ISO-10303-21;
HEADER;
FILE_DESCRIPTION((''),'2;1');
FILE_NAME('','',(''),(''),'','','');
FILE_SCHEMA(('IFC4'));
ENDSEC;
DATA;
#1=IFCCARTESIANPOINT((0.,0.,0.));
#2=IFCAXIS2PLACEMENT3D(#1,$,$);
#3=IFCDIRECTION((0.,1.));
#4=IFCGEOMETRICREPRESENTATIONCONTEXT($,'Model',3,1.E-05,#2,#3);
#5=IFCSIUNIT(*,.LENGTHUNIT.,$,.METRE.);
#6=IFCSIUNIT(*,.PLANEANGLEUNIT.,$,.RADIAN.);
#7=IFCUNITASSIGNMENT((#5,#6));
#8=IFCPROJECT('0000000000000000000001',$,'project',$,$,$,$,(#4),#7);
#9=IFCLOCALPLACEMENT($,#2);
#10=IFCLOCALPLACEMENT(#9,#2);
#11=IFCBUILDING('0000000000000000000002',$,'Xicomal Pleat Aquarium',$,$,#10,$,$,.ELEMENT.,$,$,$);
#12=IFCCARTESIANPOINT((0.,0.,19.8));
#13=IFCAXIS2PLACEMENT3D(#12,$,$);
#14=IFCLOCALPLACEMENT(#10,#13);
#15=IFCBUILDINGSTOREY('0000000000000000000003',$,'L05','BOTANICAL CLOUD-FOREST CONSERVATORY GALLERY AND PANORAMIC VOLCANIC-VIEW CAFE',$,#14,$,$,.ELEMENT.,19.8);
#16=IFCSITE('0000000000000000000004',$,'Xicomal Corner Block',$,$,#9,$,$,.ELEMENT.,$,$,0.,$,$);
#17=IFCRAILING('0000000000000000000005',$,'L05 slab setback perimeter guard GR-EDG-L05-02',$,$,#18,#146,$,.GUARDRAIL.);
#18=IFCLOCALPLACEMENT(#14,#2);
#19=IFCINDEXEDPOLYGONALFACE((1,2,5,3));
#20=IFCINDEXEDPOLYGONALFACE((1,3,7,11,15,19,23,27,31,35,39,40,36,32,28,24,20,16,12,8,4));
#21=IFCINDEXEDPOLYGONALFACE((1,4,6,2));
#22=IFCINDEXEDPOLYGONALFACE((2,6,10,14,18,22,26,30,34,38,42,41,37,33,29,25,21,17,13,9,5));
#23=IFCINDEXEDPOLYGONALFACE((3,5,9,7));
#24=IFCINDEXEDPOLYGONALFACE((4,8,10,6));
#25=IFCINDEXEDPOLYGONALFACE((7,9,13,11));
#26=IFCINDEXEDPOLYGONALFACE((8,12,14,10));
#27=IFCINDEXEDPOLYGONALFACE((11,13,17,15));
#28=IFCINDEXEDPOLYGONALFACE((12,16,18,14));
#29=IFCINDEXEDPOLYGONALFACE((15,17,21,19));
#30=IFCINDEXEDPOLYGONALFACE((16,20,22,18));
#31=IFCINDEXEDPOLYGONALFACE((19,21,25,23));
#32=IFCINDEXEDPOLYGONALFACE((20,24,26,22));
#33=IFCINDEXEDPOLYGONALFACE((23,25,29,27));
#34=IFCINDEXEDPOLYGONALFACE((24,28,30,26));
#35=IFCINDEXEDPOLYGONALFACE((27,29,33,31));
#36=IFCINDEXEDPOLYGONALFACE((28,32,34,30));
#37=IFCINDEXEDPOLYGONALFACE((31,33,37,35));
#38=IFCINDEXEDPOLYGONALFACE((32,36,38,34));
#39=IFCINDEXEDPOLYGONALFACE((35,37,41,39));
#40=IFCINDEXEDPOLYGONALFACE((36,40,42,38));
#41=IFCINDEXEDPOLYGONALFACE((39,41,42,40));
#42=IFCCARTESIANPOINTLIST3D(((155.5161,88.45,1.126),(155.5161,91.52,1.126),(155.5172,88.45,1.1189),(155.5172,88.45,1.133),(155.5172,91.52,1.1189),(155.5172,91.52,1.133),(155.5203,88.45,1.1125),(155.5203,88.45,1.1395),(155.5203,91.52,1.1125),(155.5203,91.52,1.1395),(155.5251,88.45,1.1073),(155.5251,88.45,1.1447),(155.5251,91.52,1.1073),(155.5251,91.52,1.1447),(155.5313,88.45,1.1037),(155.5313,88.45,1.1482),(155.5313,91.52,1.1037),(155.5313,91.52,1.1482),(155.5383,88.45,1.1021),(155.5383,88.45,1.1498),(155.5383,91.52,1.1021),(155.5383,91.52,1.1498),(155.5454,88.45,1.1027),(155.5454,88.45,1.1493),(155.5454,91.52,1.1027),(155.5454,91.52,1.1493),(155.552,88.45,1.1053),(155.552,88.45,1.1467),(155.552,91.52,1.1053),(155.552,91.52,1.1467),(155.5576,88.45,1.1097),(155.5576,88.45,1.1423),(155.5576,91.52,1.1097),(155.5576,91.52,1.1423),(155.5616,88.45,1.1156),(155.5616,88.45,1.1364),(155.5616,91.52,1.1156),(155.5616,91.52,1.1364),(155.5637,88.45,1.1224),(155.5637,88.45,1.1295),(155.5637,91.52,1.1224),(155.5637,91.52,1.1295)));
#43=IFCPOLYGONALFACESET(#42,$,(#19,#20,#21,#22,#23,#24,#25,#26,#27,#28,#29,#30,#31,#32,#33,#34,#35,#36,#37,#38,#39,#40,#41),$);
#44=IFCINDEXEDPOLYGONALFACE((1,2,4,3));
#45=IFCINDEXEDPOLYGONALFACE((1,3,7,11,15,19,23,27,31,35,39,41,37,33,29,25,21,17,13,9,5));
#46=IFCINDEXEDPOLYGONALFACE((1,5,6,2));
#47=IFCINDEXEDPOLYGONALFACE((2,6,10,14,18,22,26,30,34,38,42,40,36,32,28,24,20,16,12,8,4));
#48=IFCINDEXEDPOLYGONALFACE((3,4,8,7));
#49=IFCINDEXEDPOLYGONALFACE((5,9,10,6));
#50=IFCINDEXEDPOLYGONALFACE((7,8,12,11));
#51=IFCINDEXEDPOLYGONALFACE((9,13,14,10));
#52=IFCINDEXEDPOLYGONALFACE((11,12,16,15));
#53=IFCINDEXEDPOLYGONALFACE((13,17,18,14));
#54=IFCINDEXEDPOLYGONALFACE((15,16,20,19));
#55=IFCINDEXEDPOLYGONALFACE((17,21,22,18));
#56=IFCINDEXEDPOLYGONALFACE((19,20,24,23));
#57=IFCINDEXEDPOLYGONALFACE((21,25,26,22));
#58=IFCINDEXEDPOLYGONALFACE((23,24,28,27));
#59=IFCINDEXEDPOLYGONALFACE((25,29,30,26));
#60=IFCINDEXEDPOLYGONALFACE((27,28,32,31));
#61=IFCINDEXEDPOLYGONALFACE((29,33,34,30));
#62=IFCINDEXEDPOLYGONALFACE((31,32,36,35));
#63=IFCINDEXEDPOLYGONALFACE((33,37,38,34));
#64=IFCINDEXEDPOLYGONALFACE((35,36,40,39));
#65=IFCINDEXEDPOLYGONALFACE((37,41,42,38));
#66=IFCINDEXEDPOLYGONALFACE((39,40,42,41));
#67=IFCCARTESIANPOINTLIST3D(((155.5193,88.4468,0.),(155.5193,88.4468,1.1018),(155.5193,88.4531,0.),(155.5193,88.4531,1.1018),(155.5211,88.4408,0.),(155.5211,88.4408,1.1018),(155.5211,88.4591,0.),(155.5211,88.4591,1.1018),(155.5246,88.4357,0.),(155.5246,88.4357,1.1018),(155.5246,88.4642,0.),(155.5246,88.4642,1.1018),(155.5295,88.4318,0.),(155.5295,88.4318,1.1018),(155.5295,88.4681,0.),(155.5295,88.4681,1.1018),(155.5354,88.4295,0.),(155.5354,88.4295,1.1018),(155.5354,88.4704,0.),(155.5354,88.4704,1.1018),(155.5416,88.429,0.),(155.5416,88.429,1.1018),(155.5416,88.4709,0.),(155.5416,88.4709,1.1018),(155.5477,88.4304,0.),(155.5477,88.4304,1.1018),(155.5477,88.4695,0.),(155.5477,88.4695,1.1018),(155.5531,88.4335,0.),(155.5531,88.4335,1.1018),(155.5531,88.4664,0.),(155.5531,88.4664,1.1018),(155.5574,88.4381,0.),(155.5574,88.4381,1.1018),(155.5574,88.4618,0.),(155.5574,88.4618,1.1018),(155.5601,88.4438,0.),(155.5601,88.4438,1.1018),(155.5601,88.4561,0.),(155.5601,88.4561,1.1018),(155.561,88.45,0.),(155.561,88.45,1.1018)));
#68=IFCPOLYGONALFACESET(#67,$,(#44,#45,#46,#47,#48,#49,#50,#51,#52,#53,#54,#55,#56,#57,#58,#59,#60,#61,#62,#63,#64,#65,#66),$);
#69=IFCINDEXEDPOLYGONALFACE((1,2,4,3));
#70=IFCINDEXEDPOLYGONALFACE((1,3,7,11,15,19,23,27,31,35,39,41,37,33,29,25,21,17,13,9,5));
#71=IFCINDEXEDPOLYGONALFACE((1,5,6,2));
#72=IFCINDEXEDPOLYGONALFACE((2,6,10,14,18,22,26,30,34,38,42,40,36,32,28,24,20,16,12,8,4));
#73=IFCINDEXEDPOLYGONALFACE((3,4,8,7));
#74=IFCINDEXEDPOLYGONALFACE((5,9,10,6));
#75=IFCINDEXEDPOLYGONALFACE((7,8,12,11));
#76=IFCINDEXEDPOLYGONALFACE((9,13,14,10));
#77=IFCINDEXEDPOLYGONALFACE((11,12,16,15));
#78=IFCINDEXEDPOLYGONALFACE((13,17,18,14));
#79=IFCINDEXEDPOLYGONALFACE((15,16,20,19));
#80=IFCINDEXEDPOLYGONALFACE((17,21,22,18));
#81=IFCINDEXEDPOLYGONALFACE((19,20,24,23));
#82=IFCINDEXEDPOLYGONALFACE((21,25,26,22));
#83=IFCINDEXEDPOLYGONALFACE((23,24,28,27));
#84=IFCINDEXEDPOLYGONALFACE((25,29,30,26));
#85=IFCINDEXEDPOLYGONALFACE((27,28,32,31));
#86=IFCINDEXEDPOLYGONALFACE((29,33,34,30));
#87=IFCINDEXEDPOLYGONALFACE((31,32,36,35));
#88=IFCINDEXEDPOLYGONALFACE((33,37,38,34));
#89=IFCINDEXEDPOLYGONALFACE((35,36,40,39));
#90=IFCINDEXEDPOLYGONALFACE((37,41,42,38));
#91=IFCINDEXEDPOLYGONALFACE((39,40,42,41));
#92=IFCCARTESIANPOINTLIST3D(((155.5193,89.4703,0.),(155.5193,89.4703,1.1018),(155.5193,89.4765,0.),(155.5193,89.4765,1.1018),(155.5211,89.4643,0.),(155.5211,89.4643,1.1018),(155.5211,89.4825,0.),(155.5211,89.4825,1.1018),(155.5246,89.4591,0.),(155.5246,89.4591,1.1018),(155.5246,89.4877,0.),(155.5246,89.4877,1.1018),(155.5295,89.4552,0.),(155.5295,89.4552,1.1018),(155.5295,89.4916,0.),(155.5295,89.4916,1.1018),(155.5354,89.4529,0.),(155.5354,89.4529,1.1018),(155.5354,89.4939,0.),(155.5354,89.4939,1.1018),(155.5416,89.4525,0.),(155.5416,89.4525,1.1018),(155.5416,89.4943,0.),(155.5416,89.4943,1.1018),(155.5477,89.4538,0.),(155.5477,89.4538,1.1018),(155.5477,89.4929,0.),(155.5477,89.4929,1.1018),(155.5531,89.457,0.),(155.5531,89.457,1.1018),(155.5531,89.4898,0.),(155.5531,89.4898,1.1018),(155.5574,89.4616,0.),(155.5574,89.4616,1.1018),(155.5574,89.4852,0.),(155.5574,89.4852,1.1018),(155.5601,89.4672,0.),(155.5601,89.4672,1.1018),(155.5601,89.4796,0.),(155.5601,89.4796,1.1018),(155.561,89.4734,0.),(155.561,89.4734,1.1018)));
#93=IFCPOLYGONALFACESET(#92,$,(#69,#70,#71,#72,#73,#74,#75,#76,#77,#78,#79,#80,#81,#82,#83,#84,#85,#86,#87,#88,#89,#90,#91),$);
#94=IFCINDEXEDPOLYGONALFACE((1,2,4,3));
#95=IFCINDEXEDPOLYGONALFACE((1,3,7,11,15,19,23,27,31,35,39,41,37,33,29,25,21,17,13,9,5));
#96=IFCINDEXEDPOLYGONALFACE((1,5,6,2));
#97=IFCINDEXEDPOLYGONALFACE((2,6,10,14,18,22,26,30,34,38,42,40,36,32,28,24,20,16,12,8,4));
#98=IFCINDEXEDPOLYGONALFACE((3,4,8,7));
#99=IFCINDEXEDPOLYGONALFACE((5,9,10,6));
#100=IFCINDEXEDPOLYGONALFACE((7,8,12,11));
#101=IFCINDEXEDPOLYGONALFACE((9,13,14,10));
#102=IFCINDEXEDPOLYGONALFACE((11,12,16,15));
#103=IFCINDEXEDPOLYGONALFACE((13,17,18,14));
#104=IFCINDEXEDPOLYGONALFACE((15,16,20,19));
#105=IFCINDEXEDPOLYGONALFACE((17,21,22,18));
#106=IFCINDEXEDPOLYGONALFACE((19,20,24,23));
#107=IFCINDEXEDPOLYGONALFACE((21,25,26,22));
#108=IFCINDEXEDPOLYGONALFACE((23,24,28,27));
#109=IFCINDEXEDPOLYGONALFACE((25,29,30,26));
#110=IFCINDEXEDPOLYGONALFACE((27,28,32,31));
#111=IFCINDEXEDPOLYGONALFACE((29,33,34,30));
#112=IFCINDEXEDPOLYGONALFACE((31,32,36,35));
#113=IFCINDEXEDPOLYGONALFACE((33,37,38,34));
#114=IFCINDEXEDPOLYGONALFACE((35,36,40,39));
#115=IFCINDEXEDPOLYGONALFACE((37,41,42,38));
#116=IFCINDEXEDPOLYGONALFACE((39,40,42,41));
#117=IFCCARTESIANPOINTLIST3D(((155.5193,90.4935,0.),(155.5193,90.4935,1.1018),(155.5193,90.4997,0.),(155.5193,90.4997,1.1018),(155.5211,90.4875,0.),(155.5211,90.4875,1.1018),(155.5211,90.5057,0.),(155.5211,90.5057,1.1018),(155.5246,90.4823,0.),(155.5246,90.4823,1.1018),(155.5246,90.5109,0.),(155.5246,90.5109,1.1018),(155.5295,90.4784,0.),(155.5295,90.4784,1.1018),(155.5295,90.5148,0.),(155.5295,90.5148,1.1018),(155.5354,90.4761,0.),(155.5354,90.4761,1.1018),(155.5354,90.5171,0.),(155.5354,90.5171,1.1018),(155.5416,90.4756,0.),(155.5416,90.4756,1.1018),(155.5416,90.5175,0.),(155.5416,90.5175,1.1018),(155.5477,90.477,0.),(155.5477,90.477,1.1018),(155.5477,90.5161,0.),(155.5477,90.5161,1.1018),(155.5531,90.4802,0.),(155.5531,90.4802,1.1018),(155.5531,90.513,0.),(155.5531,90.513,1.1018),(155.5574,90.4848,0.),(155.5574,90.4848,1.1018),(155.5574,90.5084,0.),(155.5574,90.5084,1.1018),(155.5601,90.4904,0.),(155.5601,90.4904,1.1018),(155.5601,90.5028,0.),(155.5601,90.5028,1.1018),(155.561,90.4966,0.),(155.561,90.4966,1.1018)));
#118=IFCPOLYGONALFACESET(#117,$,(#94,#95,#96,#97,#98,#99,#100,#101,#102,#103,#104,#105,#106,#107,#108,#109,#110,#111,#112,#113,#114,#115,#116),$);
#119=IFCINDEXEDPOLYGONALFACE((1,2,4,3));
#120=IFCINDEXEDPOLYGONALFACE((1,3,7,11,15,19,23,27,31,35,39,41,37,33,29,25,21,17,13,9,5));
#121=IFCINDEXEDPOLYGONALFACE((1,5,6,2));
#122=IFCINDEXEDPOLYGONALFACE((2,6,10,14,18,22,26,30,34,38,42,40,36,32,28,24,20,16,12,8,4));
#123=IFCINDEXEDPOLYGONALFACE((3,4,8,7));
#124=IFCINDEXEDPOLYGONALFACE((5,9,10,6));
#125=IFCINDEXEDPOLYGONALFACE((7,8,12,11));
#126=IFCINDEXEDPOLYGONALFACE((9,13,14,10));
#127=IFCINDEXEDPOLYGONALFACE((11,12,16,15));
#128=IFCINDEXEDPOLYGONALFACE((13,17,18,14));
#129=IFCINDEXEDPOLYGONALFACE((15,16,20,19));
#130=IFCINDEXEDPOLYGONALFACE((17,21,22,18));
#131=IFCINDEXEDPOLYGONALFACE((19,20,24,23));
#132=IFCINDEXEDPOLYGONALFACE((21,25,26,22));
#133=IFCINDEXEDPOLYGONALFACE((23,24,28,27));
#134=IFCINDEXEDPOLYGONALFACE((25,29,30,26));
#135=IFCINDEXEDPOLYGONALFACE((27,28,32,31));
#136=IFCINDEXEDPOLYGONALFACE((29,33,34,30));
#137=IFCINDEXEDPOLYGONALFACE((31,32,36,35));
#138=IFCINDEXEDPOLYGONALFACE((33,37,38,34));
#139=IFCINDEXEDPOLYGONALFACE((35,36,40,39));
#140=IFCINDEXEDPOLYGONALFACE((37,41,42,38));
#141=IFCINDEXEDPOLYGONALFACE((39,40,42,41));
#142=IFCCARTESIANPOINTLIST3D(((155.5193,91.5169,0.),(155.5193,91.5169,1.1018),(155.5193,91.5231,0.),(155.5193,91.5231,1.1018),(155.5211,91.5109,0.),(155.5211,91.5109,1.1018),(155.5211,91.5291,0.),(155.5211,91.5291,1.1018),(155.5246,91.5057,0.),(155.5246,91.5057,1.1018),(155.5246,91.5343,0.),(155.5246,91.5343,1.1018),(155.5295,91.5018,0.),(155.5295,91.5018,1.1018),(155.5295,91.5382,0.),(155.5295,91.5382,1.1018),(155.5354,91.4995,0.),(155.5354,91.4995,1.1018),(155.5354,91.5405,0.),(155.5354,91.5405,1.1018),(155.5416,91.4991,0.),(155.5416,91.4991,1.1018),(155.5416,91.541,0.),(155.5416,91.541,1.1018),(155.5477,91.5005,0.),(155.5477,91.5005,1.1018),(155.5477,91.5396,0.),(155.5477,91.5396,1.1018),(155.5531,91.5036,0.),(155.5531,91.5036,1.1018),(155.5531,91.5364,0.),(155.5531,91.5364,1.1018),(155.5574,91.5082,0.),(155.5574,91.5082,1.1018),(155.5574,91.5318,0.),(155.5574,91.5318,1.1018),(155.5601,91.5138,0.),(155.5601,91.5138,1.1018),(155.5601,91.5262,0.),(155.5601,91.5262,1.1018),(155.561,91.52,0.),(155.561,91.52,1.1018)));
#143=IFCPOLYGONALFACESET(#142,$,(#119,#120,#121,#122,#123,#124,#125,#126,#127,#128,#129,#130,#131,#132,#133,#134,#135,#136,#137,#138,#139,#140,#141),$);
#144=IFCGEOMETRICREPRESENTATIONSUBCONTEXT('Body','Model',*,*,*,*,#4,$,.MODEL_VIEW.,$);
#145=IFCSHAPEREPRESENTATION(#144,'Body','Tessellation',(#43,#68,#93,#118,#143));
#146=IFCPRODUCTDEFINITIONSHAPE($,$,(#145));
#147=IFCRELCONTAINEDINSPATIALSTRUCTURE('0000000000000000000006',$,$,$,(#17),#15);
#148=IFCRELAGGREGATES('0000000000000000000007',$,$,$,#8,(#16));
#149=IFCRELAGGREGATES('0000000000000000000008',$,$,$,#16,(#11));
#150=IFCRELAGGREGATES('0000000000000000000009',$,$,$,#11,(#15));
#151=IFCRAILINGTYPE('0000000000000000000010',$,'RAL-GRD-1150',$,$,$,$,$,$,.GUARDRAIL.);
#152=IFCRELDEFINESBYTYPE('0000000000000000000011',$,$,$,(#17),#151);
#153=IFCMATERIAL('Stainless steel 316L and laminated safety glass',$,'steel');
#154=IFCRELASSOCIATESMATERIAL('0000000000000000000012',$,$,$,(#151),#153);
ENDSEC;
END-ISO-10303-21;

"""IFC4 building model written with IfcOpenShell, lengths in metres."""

from ifc_helpers import new_model, si_unit, direction, frame, origin, origin_2d, place, context, subcontext, project, spatial, circle, extrude, material, type_object, element, save


model = new_model("IFC4")

# Units and contexts
model_context = context("Model", 3, precision=1e-05, world=origin(), true_north=direction((0.0, 1.0)))
body_context = subcontext(model_context, "Body", "Model", "MODEL_VIEW")
ifc_project = project(units=[si_unit("LENGTHUNIT", "METRE"), si_unit("PLANEANGLEUNIT", "RADIAN")], contexts=[model_context])

# Site, building, storey
site_placement = place(None, origin())
site = spatial("IfcSite", under=ifc_project, at=site_placement, Name="Xicomal Corner Block", CompositionType="ELEMENT", RefElevation=0.0)
building_placement = place(site_placement, origin())
building = spatial("IfcBuilding", under=site, at=building_placement, Name="Xicomal Pleat Aquarium", CompositionType="ELEMENT")
storey_placement = place(building_placement, frame((0.0, 0.0, 19.8)))
storey = spatial("IfcBuildingStorey", under=building, at=storey_placement, Name="L05", Description="BOTANICAL CLOUD-FOREST CONSERVATORY GALLERY AND PANORAMIC VOLCANIC-VIEW CAFE", CompositionType="ELEMENT", Elevation=19.8)

# Railing
ifc_material_1 = material(Name="Stainless steel 316L and laminated safety glass", Category="steel")
railing_type_1 = type_object("IfcRailingType", Name="RAL-GRD-1150", PredefinedType="GUARDRAIL", material=ifc_material_1)
railing_1_placement = place(storey_placement, frame((155.54, 88.45, 0.0)))
element("IfcRailing", 1, at=railing_1_placement, inside=storey, type_object=railing_type_1, Name="L05 slab setback perimeter guard GR-EDG-L05-02", PredefinedType="GUARDRAIL", context=body_context, shape_type="SweptSolid", body=[
    extrude(circle(Radius=0.0239, at=origin_2d()), frame((0.0, 0.0, 1.126), z_axis=(0.0, 1.0, 0.0), x_axis=(-1.0, 0.0, 0.0)), (0.0, 0.0, 1.0), 3.0701),
    extrude(circle(Radius=0.021, at=origin_2d()), origin(), (0.0, 0.0, 1.0), 1.1018),
    extrude(circle(Radius=0.021, at=origin_2d()), frame((0.0, 1.0234, 0.0)), (0.0, 0.0, 1.0), 1.1018),
    extrude(circle(Radius=0.021, at=origin_2d()), frame((0.0, 2.0466, 0.0)), (0.0, 0.0, 1.0), 1.1018),
    extrude(circle(Radius=0.021, at=origin_2d()), frame((0.0, 3.0701, 0.0)), (0.0, 0.0, 1.0), 1.1018),
])

save(model, "model.ifc")
